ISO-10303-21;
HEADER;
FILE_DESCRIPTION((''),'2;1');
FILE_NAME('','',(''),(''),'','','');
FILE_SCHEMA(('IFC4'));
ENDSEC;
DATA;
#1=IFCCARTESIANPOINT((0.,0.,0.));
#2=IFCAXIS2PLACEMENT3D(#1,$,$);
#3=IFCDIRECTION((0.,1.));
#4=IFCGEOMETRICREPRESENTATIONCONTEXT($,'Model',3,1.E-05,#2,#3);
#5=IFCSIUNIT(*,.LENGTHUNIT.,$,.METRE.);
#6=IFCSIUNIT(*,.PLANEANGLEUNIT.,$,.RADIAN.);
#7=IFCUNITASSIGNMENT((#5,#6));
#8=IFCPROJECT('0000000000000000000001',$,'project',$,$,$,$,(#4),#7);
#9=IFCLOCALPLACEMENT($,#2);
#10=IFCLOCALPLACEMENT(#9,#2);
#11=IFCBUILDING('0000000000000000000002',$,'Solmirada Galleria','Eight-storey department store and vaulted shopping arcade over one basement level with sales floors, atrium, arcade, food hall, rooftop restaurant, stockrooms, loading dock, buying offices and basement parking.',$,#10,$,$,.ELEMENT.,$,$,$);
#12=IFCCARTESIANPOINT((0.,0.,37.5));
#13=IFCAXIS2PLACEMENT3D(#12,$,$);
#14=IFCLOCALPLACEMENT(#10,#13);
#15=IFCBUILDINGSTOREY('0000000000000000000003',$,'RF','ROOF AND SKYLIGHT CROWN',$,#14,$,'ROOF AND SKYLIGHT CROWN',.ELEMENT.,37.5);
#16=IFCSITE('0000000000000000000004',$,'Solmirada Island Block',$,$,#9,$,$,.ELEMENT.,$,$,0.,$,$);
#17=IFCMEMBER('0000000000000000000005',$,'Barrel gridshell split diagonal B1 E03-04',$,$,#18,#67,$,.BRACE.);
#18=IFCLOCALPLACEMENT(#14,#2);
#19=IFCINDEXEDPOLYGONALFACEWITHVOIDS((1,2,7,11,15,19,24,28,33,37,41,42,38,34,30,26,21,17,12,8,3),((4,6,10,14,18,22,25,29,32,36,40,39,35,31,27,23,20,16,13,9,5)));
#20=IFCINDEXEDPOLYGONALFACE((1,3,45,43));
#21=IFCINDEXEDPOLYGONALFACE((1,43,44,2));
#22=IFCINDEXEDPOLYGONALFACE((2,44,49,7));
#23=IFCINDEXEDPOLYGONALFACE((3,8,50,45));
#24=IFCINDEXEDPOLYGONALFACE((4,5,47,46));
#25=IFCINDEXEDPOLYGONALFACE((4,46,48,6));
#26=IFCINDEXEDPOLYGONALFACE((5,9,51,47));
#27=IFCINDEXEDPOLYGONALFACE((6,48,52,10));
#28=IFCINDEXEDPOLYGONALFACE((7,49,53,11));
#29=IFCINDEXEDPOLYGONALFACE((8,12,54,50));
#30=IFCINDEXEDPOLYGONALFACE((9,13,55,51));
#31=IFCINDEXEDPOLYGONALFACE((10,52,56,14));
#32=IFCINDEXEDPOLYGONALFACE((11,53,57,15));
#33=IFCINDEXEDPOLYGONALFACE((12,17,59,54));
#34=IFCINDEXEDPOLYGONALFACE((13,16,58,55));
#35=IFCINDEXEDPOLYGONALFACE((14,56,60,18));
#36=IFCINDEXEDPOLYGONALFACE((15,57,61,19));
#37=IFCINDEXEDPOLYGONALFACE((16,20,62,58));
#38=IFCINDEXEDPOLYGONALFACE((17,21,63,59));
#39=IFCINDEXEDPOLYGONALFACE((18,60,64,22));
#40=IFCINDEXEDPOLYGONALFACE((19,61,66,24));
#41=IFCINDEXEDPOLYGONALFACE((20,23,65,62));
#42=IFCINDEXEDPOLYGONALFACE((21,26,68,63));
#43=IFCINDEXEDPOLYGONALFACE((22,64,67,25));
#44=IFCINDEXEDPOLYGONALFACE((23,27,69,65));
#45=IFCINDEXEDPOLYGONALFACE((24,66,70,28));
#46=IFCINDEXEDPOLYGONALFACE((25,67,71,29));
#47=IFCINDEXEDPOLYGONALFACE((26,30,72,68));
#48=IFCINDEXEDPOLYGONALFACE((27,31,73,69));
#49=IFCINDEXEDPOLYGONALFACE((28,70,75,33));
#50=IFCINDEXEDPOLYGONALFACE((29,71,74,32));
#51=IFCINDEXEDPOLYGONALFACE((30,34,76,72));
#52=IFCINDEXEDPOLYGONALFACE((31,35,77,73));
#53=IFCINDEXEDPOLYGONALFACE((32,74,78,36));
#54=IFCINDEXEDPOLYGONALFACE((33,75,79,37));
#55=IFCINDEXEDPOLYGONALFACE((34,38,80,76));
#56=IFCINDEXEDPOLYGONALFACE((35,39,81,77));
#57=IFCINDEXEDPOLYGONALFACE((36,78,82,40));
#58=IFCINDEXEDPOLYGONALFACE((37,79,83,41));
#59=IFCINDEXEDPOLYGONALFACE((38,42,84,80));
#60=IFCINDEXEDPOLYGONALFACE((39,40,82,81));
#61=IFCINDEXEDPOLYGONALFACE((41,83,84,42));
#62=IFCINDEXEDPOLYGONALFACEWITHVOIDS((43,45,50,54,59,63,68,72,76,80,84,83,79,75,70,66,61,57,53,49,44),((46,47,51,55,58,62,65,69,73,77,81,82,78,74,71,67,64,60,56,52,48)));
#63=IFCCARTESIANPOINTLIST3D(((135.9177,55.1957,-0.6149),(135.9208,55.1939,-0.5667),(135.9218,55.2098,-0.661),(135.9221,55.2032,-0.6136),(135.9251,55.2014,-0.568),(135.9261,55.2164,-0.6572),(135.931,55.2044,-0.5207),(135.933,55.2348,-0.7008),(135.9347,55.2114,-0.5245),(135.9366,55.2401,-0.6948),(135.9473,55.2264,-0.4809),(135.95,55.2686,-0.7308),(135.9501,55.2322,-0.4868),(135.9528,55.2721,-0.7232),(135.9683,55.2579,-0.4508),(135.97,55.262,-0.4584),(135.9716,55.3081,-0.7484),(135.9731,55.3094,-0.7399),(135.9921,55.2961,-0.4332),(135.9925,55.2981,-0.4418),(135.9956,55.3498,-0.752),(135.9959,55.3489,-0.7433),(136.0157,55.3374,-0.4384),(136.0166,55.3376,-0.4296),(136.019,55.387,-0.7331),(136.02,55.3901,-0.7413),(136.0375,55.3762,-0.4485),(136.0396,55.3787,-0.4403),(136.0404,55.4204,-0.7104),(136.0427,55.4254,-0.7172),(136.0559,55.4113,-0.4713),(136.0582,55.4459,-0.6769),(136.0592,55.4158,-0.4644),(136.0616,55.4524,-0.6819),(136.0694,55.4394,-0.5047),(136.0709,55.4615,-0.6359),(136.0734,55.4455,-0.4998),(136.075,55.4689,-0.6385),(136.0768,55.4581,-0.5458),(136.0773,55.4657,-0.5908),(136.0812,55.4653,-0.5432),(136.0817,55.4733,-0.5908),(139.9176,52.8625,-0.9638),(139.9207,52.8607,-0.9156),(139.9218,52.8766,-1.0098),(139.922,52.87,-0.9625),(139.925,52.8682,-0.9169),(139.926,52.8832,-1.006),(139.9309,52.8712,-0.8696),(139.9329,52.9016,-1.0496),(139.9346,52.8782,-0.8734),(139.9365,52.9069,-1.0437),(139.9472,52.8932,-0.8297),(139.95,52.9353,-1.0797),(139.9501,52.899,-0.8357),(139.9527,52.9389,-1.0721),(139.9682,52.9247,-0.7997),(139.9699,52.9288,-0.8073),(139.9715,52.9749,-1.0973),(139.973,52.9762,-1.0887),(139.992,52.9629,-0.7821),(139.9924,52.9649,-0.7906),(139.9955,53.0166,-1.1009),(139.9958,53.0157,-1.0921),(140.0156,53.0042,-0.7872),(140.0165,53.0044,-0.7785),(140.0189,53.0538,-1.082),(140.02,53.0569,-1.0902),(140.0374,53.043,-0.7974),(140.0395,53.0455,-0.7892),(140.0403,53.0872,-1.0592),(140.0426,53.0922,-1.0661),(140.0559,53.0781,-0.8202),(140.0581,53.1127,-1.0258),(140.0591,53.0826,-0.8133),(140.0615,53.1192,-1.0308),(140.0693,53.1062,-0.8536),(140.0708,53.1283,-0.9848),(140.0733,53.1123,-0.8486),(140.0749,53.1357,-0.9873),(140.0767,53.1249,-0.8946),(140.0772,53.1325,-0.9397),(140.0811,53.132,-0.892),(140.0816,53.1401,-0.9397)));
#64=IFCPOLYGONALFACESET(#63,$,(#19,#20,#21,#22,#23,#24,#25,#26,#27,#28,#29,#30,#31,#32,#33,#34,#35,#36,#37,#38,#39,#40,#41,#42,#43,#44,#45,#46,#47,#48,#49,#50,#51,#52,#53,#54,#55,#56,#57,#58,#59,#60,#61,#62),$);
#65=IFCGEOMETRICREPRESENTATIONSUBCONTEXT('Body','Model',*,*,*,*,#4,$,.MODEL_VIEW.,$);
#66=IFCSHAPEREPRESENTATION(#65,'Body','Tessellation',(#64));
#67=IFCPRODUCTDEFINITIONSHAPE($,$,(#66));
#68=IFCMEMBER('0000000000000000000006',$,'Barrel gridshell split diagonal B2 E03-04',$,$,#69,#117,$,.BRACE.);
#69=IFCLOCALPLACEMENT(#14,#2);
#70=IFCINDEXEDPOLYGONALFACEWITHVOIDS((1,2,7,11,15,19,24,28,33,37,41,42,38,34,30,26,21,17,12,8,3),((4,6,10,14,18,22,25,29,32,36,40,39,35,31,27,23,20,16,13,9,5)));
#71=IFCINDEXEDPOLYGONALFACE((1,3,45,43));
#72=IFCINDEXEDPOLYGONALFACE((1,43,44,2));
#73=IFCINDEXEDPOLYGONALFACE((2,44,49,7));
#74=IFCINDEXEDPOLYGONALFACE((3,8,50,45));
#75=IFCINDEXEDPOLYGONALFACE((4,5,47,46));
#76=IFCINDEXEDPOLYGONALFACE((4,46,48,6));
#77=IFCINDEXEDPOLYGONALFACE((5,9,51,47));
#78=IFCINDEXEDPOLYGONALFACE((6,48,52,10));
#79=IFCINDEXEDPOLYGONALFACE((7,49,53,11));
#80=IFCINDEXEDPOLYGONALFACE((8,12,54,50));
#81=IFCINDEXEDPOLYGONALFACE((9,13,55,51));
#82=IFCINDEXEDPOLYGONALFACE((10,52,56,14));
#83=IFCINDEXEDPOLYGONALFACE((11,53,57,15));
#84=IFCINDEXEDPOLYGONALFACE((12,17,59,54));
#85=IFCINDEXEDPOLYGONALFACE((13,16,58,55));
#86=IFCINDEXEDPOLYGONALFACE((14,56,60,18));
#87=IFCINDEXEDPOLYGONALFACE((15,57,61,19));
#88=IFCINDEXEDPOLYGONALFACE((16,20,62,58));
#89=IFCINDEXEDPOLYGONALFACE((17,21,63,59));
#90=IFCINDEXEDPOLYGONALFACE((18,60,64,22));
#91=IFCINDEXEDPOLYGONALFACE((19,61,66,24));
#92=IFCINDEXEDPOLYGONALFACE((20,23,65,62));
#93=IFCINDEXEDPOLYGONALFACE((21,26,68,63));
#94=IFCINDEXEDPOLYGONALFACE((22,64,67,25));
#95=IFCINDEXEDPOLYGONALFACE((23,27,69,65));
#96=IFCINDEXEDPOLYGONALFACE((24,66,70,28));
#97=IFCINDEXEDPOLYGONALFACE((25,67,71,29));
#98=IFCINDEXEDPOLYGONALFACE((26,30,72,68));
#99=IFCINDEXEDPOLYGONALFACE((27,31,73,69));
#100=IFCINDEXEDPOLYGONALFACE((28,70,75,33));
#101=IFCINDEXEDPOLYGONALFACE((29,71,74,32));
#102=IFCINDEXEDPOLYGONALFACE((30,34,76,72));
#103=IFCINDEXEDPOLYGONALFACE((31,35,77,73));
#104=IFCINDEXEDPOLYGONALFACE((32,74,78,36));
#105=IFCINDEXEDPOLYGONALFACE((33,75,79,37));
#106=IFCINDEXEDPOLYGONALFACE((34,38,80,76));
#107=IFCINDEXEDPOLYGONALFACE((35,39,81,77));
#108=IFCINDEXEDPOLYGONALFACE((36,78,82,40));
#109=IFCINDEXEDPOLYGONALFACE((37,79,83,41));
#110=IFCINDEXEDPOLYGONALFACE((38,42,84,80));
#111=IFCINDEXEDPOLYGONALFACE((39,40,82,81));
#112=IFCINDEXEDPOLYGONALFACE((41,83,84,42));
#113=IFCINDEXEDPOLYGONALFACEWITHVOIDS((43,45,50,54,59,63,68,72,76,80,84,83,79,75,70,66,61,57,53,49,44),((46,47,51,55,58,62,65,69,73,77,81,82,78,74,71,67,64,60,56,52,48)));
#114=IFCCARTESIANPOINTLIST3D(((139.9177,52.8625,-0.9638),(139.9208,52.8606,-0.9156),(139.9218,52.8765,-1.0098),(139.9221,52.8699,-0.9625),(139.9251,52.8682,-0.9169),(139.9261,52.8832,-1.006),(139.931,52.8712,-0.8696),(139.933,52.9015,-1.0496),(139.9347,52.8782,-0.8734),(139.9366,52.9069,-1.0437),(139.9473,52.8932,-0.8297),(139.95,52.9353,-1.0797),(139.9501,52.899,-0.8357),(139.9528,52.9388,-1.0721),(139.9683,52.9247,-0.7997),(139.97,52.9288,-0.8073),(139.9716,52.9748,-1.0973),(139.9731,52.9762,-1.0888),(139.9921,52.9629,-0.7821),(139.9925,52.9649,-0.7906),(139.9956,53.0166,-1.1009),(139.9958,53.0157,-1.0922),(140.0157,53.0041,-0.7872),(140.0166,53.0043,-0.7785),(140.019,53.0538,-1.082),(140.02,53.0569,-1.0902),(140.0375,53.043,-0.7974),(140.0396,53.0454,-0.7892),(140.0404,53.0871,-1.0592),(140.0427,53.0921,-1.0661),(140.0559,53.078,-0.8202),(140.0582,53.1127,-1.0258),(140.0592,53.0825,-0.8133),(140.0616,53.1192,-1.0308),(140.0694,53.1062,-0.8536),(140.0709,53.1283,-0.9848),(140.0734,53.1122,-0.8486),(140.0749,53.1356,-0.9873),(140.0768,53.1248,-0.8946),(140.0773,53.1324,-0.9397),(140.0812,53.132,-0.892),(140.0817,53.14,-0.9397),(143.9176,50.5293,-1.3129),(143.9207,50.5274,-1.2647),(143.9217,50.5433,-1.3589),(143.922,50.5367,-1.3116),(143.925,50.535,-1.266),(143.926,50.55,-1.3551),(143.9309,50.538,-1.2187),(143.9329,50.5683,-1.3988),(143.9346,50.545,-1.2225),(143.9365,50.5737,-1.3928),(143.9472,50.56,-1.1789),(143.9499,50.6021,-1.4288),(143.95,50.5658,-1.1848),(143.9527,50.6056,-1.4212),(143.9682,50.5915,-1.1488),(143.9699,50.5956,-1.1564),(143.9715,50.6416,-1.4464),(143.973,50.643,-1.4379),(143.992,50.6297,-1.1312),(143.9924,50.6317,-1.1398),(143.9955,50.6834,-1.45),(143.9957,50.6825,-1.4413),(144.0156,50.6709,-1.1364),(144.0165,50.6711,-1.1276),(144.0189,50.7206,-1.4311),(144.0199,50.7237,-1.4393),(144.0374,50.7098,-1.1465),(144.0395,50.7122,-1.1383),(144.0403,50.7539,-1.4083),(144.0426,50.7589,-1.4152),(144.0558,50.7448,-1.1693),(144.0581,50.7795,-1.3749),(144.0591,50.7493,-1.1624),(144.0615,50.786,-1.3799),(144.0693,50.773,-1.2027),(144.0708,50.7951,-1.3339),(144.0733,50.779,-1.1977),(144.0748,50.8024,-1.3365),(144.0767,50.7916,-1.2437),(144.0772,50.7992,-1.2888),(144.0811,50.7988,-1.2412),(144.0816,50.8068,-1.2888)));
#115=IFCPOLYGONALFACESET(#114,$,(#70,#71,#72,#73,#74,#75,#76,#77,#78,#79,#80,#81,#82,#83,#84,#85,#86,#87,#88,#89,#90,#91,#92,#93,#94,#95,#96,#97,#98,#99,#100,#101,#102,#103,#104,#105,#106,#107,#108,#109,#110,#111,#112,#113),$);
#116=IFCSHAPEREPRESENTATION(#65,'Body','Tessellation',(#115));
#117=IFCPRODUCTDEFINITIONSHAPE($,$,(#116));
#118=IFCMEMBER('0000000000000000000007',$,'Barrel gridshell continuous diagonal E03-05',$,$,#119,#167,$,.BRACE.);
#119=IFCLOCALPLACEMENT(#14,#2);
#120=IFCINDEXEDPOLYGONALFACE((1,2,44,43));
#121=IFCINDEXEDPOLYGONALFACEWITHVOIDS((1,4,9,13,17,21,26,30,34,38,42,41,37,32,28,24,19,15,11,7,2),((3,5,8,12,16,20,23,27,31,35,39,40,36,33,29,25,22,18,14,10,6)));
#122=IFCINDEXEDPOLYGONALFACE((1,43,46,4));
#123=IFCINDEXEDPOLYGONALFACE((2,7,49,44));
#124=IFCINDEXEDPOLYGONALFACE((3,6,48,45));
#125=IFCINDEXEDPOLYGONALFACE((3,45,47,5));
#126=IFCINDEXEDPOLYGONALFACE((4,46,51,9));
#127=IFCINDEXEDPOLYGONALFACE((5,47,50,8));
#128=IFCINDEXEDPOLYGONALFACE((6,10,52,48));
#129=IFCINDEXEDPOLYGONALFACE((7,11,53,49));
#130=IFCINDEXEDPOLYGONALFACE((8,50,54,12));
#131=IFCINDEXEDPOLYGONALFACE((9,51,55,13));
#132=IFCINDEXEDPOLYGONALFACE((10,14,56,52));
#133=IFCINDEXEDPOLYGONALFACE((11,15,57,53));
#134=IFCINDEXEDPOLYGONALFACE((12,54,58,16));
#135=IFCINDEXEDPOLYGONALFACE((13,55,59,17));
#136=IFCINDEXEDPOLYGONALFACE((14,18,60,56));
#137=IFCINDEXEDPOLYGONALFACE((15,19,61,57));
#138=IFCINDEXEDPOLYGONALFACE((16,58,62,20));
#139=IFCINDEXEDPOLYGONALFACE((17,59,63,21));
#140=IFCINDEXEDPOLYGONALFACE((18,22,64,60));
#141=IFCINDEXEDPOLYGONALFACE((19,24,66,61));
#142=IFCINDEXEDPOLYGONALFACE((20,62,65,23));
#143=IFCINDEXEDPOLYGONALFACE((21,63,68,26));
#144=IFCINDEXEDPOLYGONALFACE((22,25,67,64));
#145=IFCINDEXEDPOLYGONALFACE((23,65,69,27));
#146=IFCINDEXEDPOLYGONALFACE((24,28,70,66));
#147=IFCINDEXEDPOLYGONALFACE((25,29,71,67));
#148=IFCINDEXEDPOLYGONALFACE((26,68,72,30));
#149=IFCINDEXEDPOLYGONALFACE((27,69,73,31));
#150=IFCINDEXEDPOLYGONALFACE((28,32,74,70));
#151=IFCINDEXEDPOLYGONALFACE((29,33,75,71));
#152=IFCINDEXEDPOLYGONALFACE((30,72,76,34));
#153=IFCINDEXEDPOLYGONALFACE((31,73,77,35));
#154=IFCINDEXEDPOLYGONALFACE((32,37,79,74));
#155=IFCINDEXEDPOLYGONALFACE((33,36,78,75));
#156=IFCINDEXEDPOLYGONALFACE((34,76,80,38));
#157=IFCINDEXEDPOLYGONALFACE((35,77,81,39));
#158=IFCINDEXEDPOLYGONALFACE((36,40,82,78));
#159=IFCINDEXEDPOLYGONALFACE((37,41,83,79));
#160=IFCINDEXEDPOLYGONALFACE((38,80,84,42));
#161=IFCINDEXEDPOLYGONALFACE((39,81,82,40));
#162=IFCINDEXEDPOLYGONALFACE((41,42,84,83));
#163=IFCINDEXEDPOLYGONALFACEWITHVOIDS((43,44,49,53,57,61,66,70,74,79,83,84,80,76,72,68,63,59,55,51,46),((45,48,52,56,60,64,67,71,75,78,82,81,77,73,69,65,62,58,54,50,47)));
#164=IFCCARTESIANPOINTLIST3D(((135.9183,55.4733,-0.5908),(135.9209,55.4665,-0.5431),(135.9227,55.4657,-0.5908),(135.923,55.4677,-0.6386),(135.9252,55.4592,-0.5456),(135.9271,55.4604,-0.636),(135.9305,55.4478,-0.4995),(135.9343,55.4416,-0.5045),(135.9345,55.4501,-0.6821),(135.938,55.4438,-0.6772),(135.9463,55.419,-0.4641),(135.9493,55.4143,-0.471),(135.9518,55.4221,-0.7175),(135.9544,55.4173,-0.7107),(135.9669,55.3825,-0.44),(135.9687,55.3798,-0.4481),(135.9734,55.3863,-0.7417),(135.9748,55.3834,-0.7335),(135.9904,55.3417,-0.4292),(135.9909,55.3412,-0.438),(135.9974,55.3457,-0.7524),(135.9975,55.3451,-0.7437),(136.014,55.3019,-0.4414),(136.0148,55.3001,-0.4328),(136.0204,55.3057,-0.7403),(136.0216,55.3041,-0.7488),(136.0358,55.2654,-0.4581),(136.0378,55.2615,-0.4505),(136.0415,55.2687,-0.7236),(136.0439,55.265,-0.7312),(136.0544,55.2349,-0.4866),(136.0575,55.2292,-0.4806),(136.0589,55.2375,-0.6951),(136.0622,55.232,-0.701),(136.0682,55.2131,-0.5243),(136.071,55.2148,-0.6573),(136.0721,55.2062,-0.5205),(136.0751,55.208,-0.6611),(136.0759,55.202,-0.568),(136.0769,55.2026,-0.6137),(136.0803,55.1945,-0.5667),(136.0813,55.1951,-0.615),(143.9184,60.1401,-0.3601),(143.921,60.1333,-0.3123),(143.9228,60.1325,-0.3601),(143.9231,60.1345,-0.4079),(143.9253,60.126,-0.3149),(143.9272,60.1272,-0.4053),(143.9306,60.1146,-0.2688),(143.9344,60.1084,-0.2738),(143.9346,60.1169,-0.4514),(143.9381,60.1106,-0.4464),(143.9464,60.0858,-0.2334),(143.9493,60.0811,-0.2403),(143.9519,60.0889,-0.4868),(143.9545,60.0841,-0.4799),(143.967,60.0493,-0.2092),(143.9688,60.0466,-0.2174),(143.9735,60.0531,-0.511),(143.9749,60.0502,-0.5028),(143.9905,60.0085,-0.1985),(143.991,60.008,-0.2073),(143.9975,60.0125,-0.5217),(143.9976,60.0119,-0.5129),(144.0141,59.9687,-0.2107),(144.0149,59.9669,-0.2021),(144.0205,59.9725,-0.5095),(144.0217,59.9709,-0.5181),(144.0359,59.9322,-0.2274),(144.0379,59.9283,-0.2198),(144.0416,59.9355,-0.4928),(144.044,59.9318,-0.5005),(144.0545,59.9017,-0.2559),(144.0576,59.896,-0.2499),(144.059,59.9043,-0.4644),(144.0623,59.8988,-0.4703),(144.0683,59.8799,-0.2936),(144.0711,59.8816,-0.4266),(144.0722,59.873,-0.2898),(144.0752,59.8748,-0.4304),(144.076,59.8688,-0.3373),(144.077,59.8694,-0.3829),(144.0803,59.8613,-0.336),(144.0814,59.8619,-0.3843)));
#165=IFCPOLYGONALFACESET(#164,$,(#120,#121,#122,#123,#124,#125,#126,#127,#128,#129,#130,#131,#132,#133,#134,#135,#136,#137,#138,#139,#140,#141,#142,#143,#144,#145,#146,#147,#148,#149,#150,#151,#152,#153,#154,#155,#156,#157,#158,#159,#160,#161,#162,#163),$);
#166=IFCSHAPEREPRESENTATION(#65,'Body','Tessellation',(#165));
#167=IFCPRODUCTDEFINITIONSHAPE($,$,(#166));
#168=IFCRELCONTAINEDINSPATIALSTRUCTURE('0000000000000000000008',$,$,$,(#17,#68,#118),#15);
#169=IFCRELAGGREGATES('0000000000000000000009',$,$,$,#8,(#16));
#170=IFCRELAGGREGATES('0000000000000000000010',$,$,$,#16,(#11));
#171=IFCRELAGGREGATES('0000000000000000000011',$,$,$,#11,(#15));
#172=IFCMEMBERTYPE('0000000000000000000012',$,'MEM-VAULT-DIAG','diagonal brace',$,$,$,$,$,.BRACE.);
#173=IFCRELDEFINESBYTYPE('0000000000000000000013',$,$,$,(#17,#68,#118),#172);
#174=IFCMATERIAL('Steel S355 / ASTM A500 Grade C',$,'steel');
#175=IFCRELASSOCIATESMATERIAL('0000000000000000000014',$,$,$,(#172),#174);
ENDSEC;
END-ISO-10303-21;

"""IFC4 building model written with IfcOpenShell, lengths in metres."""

from ifc_helpers import new_model, si_unit, direction, frame, origin, origin_2d, place, context, subcontext, project, spatial, hollow_circle, extrude, material, material_profile, profile_set, type_object, element, save


model = new_model("IFC4")

# Units and contexts
model_context = context("Model", 3, precision=1e-05, world=origin(), true_north=direction((0.0, 1.0)))
body_context = subcontext(model_context, "Body", "Model", "MODEL_VIEW")
ifc_project = project(units=[si_unit("LENGTHUNIT", "METRE"), si_unit("PLANEANGLEUNIT", "RADIAN")], contexts=[model_context])

# Site, building, storey
site_placement = place(None, origin())
site = spatial("IfcSite", under=ifc_project, at=site_placement, Name="Solmirada Island Block", CompositionType="ELEMENT", RefElevation=0.0)
building_placement = place(site_placement, origin())
building = spatial("IfcBuilding", under=site, at=building_placement, Name="Solmirada Galleria", Description="Eight-storey department store and vaulted shopping arcade over one basement level with sales floors, atrium, arcade, food hall, rooftop restaurant, stockrooms, loading dock, buying offices and basement parking.", CompositionType="ELEMENT")
storey_placement = place(building_placement, frame((0.0, 0.0, 37.5)))
storey = spatial("IfcBuildingStorey", under=building, at=storey_placement, Name="RF", Description="ROOF AND SKYLIGHT CROWN", LongName="ROOF AND SKYLIGHT CROWN", CompositionType="ELEMENT", Elevation=37.5)

# Members
ifc_material_1 = material(Name="Steel S355 / ASTM A500 Grade C", Category="steel")
ifc_material_profile_1 = material_profile(ifc_material_1, hollow_circle(Radius=0.1621, WallThickness=0.0088, at=origin_2d()), Name="HSS12.750X0.375")
ifc_profile_set_1 = profile_set([ifc_material_profile_1], Name="Steel S355 / ASTM A500 Grade C")
member_type_1 = type_object("IfcMemberType", Name="MEM-VAULT-DIAG", Description="diagonal brace", PredefinedType="BRACE", material=ifc_profile_set_1)
for number, where, z_axis, x_axis, name in (
    (1, (136.0, 55.3333, -0.5908), (0.861346, -0.502434, -0.075126), (0.503858, 0.863787, 0.0), "Barrel gridshell split diagonal B1 E03-04"),
    (2, (140.0, 53.0, -0.9397), (0.861342, -0.502432, -0.075178), (0.503858, 0.863787, 0.0), "Barrel gridshell split diagonal B2 E03-04"),
):
    element("IfcMember", number, at=place(storey_placement, frame(where, z_axis=z_axis, x_axis=x_axis)), inside=storey, type_object=member_type_1, Name=name, PredefinedType="BRACE", context=body_context, shape_type="SweptSolid", body=[
        extrude(hollow_circle(Radius=0.1621, WallThickness=0.0088, at=origin_2d()), origin(), (0.0, 0.0, 1.0), 4.6438),
    ])
member_1_placement = place(storey_placement, frame((136.0, 55.3333, -0.5908), z_axis=(0.863507, 0.503721, 0.024903), x_axis=(-0.503878, 0.863775, 0.0)))
element("IfcMember", 3, at=member_1_placement, inside=storey, type_object=member_type_1, Name="Barrel gridshell continuous diagonal E03-05", PredefinedType="BRACE", context=body_context, shape_type="SweptSolid", body=[
    extrude(hollow_circle(Radius=0.1621, WallThickness=0.0088, at=origin_2d()), origin(), (0.0, 0.0, 1.0), 9.2646),
])

save(model, "model.ifc")
